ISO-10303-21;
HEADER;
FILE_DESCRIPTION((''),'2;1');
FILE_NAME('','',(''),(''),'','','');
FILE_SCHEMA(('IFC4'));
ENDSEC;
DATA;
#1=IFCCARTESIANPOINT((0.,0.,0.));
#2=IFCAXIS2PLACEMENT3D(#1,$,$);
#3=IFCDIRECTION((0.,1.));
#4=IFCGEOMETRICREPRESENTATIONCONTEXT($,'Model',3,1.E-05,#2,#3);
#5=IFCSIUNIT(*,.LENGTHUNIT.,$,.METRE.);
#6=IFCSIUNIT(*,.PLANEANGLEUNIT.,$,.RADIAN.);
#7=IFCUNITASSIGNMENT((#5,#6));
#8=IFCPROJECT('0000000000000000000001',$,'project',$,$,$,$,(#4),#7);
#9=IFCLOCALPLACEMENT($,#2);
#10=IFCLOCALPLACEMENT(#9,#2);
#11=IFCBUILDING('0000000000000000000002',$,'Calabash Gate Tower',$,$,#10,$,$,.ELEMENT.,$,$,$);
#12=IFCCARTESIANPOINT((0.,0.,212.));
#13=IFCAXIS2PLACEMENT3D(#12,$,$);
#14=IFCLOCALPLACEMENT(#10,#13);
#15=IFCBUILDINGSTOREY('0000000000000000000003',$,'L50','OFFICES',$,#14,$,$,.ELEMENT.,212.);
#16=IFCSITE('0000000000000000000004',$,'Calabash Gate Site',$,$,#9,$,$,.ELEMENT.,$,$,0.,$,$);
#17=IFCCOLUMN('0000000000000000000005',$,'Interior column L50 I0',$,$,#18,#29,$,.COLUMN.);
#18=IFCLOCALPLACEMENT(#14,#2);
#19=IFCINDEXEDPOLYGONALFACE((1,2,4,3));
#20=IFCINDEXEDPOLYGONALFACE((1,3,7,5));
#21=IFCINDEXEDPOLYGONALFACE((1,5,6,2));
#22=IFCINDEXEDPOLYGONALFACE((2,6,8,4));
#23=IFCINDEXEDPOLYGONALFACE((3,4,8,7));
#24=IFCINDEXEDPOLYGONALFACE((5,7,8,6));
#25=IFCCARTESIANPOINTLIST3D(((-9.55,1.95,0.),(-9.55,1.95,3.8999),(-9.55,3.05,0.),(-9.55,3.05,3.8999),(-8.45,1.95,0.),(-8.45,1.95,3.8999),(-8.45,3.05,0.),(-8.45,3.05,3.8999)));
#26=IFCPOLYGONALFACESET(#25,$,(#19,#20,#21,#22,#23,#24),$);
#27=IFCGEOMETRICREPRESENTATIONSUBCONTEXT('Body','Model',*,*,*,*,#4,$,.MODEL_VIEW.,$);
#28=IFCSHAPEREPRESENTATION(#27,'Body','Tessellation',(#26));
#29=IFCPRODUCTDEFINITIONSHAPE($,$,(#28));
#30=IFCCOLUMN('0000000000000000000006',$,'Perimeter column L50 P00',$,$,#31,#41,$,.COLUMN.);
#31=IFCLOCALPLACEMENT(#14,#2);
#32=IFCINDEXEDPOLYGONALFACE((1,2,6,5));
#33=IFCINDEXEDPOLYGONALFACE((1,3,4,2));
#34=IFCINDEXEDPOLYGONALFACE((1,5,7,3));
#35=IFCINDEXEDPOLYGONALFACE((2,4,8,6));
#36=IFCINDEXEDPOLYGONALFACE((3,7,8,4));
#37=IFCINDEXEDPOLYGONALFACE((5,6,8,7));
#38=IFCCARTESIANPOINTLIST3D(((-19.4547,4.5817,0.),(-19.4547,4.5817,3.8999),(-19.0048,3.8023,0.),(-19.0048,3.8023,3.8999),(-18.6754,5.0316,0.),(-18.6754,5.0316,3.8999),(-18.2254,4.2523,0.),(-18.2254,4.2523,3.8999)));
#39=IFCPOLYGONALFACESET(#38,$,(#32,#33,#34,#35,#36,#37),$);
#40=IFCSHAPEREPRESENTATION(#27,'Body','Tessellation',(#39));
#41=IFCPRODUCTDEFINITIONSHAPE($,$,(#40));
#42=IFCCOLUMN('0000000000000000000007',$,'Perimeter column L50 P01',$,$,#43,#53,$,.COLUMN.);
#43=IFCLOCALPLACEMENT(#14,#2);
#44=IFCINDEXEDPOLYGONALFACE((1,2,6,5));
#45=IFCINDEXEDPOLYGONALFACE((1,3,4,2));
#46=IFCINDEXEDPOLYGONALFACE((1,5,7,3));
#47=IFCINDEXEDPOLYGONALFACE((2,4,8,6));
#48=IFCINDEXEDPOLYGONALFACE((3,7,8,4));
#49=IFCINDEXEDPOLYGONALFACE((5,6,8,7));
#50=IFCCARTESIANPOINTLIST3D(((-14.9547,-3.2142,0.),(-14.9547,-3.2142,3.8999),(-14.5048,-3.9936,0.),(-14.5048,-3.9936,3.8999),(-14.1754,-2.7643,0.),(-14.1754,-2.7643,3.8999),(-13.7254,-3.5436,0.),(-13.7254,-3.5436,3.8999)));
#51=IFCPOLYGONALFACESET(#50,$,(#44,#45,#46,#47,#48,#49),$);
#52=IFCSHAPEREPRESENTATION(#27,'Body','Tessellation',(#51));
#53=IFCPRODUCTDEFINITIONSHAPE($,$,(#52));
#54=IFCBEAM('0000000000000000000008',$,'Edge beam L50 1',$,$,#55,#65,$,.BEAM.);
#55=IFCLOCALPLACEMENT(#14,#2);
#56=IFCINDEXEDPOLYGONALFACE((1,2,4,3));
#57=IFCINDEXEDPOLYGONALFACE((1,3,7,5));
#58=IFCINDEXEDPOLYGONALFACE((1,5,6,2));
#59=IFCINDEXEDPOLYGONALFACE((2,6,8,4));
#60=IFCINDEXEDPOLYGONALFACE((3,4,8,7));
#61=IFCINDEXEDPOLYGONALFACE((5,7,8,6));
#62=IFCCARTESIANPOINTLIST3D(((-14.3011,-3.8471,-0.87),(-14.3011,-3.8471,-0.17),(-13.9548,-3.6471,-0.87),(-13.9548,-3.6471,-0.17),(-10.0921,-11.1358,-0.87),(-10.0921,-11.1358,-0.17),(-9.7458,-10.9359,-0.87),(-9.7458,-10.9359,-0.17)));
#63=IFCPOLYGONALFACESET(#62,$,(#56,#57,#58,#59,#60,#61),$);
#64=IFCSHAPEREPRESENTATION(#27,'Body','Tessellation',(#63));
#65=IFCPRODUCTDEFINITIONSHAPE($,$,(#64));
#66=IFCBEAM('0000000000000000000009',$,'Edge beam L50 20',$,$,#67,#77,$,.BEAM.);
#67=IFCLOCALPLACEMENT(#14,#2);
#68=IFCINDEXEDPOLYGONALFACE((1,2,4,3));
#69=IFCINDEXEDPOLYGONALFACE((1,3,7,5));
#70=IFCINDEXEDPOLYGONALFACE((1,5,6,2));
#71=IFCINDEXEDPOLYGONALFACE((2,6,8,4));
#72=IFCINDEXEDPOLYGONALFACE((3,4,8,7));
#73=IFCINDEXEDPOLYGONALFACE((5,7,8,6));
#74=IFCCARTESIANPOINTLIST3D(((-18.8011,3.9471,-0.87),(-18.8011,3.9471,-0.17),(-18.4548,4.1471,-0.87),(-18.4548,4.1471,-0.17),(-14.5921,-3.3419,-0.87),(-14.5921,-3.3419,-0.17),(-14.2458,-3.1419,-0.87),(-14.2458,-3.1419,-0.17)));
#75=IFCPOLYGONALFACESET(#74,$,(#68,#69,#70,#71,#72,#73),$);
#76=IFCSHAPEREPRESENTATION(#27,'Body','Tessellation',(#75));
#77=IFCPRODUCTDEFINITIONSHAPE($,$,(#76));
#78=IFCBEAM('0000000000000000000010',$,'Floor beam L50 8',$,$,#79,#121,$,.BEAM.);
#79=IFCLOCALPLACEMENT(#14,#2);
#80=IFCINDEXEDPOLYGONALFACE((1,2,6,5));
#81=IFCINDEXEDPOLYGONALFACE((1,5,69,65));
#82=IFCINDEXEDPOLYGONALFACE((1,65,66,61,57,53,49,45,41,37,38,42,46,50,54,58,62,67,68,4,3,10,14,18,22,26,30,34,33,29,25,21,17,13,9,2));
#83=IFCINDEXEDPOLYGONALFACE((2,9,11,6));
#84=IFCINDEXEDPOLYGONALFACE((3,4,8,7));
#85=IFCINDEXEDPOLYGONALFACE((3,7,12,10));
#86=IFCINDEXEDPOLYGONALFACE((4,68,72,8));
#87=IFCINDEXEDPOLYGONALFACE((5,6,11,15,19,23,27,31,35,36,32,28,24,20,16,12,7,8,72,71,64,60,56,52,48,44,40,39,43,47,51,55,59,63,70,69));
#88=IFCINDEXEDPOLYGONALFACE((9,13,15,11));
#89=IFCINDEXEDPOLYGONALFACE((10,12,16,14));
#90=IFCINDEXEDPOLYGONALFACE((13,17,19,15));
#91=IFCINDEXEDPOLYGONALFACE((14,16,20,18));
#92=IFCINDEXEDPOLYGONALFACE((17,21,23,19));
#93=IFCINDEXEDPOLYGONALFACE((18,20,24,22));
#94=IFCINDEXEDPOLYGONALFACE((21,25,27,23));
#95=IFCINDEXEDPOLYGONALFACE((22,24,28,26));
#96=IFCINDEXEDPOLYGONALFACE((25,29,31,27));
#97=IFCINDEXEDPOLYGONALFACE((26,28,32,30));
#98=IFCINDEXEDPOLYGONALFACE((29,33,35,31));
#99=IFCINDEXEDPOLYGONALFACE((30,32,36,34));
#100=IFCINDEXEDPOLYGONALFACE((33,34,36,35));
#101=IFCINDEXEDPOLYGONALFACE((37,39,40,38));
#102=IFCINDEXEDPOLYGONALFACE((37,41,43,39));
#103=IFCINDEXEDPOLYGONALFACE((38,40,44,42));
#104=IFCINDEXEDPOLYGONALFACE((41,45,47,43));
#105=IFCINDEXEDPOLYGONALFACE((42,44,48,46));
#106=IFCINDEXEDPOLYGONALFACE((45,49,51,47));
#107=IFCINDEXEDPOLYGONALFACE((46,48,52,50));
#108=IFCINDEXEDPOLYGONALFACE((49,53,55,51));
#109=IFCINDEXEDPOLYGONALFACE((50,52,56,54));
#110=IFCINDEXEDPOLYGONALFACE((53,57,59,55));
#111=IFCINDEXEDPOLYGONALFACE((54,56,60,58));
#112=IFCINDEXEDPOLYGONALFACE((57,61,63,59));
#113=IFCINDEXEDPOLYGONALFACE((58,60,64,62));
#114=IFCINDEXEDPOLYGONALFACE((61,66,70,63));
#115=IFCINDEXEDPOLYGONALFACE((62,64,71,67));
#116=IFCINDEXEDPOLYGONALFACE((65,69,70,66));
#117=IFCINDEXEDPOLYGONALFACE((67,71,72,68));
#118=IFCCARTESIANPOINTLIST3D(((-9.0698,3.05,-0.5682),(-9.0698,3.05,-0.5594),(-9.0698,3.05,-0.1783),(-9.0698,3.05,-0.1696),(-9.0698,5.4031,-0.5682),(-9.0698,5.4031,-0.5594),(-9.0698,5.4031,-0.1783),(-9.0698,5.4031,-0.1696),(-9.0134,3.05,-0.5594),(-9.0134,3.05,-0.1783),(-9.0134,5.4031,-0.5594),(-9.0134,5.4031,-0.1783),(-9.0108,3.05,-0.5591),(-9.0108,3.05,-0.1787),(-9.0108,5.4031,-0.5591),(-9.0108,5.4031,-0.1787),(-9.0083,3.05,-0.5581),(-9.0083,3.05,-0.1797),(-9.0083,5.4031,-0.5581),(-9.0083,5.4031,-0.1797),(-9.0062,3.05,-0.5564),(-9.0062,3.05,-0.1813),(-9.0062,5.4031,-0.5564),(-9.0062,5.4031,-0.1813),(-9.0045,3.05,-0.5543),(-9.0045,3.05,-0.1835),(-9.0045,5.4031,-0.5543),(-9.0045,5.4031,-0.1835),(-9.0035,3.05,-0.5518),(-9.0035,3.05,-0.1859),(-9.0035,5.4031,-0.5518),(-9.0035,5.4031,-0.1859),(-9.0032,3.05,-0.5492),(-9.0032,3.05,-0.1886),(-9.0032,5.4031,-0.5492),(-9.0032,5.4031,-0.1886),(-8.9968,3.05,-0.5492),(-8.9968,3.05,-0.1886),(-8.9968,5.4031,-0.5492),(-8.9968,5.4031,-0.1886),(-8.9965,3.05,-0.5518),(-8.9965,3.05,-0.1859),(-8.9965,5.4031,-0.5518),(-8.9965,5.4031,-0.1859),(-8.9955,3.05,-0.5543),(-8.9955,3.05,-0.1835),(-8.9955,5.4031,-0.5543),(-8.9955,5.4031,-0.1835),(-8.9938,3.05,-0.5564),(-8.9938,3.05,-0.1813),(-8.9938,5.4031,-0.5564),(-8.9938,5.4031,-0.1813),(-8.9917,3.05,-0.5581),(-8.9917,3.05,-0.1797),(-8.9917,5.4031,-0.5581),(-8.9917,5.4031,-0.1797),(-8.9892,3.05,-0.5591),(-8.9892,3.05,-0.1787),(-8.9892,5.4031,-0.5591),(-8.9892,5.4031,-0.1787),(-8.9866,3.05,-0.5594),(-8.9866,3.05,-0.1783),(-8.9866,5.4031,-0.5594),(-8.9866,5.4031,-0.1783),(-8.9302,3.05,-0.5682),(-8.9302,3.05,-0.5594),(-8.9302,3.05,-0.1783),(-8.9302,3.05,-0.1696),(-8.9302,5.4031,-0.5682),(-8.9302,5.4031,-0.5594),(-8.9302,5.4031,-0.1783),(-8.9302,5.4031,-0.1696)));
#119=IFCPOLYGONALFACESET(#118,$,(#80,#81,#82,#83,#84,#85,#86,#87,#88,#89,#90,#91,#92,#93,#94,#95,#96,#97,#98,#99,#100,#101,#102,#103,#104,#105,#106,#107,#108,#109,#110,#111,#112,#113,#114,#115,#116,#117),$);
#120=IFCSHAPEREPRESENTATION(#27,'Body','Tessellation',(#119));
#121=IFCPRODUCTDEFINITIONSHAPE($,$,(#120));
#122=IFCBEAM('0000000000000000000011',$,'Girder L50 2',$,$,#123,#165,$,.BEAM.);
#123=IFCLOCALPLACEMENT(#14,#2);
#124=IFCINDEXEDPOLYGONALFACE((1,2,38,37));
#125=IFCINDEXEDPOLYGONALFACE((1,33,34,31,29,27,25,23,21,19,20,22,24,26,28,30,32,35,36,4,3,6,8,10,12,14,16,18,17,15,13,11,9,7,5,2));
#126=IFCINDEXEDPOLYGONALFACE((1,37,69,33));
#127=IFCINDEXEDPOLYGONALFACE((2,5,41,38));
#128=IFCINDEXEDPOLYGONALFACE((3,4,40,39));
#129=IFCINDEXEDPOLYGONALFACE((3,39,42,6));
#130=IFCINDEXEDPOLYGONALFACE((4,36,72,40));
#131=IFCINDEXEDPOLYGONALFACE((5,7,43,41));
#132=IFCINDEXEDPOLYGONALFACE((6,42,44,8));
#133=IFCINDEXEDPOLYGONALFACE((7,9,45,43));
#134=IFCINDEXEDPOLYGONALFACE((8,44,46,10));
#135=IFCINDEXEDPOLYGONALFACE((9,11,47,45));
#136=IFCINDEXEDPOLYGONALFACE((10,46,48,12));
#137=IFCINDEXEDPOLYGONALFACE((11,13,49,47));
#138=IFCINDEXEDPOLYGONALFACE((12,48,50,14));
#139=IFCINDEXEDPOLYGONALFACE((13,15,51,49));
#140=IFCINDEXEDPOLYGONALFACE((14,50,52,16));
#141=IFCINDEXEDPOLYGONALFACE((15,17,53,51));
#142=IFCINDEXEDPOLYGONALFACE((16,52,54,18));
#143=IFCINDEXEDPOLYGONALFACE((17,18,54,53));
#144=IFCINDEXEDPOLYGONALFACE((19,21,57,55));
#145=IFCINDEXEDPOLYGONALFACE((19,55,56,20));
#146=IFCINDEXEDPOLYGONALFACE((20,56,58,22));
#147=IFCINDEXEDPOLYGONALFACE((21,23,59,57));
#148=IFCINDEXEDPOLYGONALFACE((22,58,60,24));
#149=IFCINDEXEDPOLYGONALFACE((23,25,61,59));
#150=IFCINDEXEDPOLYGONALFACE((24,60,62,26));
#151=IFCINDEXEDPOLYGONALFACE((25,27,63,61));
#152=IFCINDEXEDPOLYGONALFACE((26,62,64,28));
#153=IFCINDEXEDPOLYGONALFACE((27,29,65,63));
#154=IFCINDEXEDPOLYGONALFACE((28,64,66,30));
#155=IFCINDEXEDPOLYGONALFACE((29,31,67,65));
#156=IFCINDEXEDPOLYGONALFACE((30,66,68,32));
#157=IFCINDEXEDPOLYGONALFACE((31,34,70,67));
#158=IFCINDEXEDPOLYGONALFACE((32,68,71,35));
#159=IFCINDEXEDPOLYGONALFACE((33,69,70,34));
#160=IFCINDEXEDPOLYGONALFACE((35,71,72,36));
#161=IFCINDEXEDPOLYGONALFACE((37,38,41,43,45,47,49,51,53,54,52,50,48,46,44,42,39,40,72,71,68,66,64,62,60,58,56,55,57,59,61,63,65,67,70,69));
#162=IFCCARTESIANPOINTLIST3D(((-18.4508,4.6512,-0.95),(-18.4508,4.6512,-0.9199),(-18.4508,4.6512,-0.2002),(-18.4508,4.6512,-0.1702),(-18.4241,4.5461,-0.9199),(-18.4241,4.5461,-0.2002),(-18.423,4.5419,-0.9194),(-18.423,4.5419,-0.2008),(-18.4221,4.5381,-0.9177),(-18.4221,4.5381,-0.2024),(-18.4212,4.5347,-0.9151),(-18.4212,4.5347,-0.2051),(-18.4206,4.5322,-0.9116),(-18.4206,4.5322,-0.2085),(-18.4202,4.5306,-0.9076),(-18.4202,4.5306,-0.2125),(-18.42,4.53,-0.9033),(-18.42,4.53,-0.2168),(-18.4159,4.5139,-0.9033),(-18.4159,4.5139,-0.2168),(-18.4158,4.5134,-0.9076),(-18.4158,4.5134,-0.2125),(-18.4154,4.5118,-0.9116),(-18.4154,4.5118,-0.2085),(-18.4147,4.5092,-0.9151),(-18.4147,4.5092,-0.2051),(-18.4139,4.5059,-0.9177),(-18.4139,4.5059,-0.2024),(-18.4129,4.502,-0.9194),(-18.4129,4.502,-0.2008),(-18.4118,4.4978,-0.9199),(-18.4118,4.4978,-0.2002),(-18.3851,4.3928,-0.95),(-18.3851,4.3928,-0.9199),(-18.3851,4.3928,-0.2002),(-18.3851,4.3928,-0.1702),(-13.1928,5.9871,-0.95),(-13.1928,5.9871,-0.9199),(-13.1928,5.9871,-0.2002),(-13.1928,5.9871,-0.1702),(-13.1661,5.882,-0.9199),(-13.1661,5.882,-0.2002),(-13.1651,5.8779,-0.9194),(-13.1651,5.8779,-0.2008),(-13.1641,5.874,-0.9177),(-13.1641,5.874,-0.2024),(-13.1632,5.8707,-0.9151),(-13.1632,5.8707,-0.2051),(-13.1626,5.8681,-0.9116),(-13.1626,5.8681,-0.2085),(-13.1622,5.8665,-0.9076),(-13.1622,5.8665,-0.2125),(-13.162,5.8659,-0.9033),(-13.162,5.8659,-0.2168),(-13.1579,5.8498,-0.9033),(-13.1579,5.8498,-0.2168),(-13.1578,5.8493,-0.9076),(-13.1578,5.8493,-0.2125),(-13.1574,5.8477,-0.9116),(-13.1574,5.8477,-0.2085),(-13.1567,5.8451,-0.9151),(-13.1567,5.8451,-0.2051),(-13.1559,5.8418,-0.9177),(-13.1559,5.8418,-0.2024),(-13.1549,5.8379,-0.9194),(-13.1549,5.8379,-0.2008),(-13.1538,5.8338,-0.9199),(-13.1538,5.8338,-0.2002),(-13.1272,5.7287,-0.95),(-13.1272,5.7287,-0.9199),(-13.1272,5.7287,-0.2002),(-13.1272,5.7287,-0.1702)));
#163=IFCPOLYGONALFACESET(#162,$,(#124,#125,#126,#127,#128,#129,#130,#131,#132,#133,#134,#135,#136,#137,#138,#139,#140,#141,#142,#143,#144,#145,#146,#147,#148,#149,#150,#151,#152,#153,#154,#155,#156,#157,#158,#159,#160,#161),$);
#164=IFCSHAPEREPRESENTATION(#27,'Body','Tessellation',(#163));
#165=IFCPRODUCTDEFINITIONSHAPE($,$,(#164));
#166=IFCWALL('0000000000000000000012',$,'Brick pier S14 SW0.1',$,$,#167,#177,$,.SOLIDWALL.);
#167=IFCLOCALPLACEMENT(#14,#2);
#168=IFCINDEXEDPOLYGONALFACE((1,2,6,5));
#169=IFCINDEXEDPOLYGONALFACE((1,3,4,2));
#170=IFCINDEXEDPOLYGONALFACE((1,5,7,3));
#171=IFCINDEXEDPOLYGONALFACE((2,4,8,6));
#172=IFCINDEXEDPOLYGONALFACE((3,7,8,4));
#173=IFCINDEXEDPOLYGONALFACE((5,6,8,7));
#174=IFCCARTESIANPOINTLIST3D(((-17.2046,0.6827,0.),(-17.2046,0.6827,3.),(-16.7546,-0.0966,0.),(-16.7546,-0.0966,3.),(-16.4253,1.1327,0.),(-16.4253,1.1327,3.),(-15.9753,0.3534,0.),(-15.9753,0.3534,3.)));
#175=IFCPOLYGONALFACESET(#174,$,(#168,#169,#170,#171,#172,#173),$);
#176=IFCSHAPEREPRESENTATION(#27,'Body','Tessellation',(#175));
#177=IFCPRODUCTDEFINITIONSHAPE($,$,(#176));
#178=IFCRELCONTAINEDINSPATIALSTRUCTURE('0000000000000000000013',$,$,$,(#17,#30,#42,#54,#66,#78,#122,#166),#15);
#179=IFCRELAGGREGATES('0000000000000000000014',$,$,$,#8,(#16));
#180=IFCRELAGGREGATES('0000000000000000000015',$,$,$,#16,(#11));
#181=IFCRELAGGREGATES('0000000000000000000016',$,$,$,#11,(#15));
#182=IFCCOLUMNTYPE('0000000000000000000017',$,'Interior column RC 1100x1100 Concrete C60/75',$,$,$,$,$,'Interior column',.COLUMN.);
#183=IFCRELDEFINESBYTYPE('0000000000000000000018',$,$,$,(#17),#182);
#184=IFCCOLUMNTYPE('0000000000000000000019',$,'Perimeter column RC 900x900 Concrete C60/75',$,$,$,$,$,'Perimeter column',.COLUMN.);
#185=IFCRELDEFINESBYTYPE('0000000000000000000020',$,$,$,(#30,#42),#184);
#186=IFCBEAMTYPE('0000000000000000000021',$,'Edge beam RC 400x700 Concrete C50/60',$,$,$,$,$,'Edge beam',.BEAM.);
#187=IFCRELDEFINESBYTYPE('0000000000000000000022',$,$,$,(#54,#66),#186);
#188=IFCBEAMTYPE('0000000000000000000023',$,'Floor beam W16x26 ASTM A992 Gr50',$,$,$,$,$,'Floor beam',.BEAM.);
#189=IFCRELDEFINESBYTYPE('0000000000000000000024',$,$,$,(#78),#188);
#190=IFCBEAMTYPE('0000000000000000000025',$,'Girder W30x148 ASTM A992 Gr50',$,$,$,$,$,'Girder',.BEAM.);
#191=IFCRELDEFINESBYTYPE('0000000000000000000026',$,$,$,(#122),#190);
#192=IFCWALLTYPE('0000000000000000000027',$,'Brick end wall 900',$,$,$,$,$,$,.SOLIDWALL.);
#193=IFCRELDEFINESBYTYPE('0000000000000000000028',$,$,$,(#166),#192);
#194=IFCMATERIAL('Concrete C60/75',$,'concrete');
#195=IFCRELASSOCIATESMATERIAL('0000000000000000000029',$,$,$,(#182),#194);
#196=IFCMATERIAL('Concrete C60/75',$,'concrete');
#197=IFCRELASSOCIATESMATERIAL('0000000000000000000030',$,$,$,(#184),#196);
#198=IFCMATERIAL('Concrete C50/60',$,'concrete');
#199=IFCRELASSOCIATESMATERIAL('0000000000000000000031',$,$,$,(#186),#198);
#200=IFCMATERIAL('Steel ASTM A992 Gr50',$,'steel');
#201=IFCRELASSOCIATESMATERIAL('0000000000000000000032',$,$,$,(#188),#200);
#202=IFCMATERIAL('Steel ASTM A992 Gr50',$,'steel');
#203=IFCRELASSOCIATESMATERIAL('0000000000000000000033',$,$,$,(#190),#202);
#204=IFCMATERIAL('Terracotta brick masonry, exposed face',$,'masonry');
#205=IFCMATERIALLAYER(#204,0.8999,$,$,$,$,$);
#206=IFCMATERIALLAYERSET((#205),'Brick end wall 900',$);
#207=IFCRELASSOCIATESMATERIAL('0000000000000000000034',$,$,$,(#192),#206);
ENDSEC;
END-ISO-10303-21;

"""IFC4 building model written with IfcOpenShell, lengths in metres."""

from ifc_helpers import new_model, si_unit, direction, frame, frame_2d, origin, origin_2d, place, context, subcontext, project, spatial, rectangle, i_section, extrude, material, layer, layer_set, material_profile, profile_set, type_object, element, save


model = new_model("IFC4")

# Units and contexts
model_context = context("Model", 3, precision=1e-05, world=origin(), true_north=direction((0.0, 1.0)))
body_context = subcontext(model_context, "Body", "Model", "MODEL_VIEW")
ifc_project = project(units=[si_unit("LENGTHUNIT", "METRE"), si_unit("PLANEANGLEUNIT", "RADIAN")], contexts=[model_context])

# Site, building, storey
site_placement = place(None, origin())
site = spatial("IfcSite", under=ifc_project, at=site_placement, Name="Calabash Gate Site", CompositionType="ELEMENT", RefElevation=0.0)
building_placement = place(site_placement, origin())
building = spatial("IfcBuilding", under=site, at=building_placement, Name="Calabash Gate Tower", CompositionType="ELEMENT")
storey_placement = place(building_placement, frame((0.0, 0.0, 212.0)))
storey = spatial("IfcBuildingStorey", under=building, at=storey_placement, Name="L50", Description="OFFICES", CompositionType="ELEMENT", Elevation=212.0)

# Columns
ifc_material_1 = material(Name="Concrete C60/75", Category="concrete")
ifc_material_profile_1 = material_profile(ifc_material_1, rectangle(XDim=1.1001, YDim=1.1001, at=origin_2d()))
ifc_profile_set_1 = profile_set([ifc_material_profile_1], Name="Concrete C60/75")
column_type_1 = type_object("IfcColumnType", Name="Interior column RC 1100x1100 Concrete C60/75", ElementType="Interior column", PredefinedType="COLUMN", material=ifc_profile_set_1)
column_placement = place(storey_placement, frame((-9.0, 2.5, 0.0), z_axis=(0.0, 0.0, 1.0), x_axis=(1.0, 0.0, 0.0)))
element("IfcColumn", 1, at=column_placement, inside=storey, type_object=column_type_1, Name="Interior column L50 I0", PredefinedType="COLUMN", context=body_context, shape_type="SweptSolid", body=[
    extrude(rectangle(XDim=1.1001, YDim=1.1001, at=origin_2d()), origin(), (0.0, 0.0, 1.0), 3.8999),
])
ifc_material_2 = material(Name="Concrete C60/75", Category="concrete")
ifc_material_profile_2 = material_profile(ifc_material_2, rectangle(XDim=0.8999, YDim=0.8999, at=origin_2d()))
ifc_profile_set_2 = profile_set([ifc_material_profile_2], Name="Concrete C60/75")
column_type_2 = type_object("IfcColumnType", Name="Perimeter column RC 900x900 Concrete C60/75", ElementType="Perimeter column", PredefinedType="COLUMN", material=ifc_profile_set_2)
for number, where, z_axis, x_axis, name in (
    (2, (-18.8401, 4.417, 0.0), (0.0, 0.0, 1.0), (0.5, -0.866025, 0.0), "Perimeter column L50 P00"),
    (3, (-14.3401, -3.3789, 0.0), (0.0, 0.0, 1.0), (0.5, -0.866025, 0.0), "Perimeter column L50 P01"),
):
    element("IfcColumn", number, at=place(storey_placement, frame(where, z_axis=z_axis, x_axis=x_axis)), inside=storey, type_object=column_type_2, Name=name, PredefinedType="COLUMN", context=body_context, shape_type="SweptSolid", body=[
        extrude(rectangle(XDim=0.8999, YDim=0.8999, at=origin_2d()), origin(), (0.0, 0.0, 1.0), 3.8999),
    ])

# Beams
ifc_material_3 = material(Name="Concrete C50/60", Category="concrete")
ifc_material_profile_3 = material_profile(ifc_material_3, rectangle(XDim=0.3999, YDim=0.7, at=origin_2d()))
ifc_profile_set_3 = profile_set([ifc_material_profile_3], Name="Concrete C50/60")
beam_type_1 = type_object("IfcBeamType", Name="Edge beam RC 400x700 Concrete C50/60", ElementType="Edge beam", PredefinedType="BEAM", material=ifc_profile_set_3)
beam_1_placement = place(storey_placement, frame((-14.1279, -3.7471, -0.52), z_axis=(0.50007, -0.865985, 0.0), x_axis=(0.865985, 0.50007, 0.0)))
element("IfcBeam", 4, at=beam_1_placement, inside=storey, type_object=beam_type_1, Name="Edge beam L50 1", PredefinedType="BEAM", context=body_context, shape_type="SweptSolid", body=[
    extrude(rectangle(XDim=0.3999, YDim=0.7, at=origin_2d()), origin(), (0.0, 0.0, 1.0), 8.4167),
])
beam_2_placement = place(storey_placement, frame((-18.6279, 4.0471, -0.52), z_axis=(0.500057, -0.865992, 0.0), x_axis=(0.865992, 0.500057, 0.0)))
element("IfcBeam", 5, at=beam_2_placement, inside=storey, type_object=beam_type_1, Name="Edge beam L50 20", PredefinedType="BEAM", context=body_context, shape_type="SweptSolid", body=[
    extrude(rectangle(XDim=0.3999, YDim=0.7, at=origin_2d()), origin(), (0.0, 0.0, 1.0), 8.417),
])
ifc_material_4 = material(Name="Steel ASTM A992 Gr50", Category="steel")
ifc_material_profile_4 = material_profile(ifc_material_4, i_section(OverallWidth=0.1396, OverallDepth=0.3987, WebThickness=0.0063, FlangeThickness=0.0088, FilletRadius=0.0103, at=origin_2d()))
ifc_profile_set_4 = profile_set([ifc_material_profile_4], Name="Steel ASTM A992 Gr50")
beam_type_2 = type_object("IfcBeamType", Name="Floor beam W16x26 ASTM A992 Gr50", ElementType="Floor beam", PredefinedType="BEAM", material=ifc_profile_set_4)
beam_3_placement = place(storey_placement, frame((-9.0, 3.05, -0.3689), z_axis=(0.0, 1.0, 0.0), x_axis=(-1.0, 0.0, 0.0)))
element("IfcBeam", 6, at=beam_3_placement, inside=storey, type_object=beam_type_2, Name="Floor beam L50 8", PredefinedType="BEAM", context=body_context, shape_type="SweptSolid", body=[
    extrude(i_section(OverallWidth=0.1396, OverallDepth=0.3987, WebThickness=0.0063, FlangeThickness=0.0088, FilletRadius=0.0103, at=origin_2d()), origin(), (0.0, 0.0, 1.0), 2.353),
])
ifc_material_5 = material(Name="Steel ASTM A992 Gr50", Category="steel")
ifc_material_profile_5 = material_profile(ifc_material_5, i_section(OverallWidth=0.2666, OverallDepth=0.7798, WebThickness=0.0166, FlangeThickness=0.03, FilletRadius=0.0166, at=origin_2d()))
ifc_profile_set_5 = profile_set([ifc_material_profile_5], Name="Steel ASTM A992 Gr50")
beam_type_3 = type_object("IfcBeamType", Name="Girder W30x148 ASTM A992 Gr50", ElementType="Girder", PredefinedType="BEAM", material=ifc_profile_set_5)
beam_4_placement = place(storey_placement, frame((-18.418, 4.522, -0.5601), z_axis=(0.969206, 0.24625, 0.0), x_axis=(-0.24625, 0.969206, 0.0)))
element("IfcBeam", 7, at=beam_4_placement, inside=storey, type_object=beam_type_3, Name="Girder L50 2", PredefinedType="BEAM", context=body_context, shape_type="SweptSolid", body=[
    extrude(i_section(OverallWidth=0.2666, OverallDepth=0.7798, WebThickness=0.0166, FlangeThickness=0.03, FilletRadius=0.0166, at=origin_2d()), origin(), (0.0, 0.0, 1.0), 5.425),
])

# Wall
ifc_material_6 = material(Name="Terracotta brick masonry, exposed face", Category="masonry")
ifc_layer_1 = layer(ifc_material_6, 0.8999)
ifc_layer_set_1 = layer_set([ifc_layer_1], Name="Brick end wall 900")
wall_type_1 = type_object("IfcWallType", Name="Brick end wall 900", PredefinedType="SOLIDWALL", material=ifc_layer_set_1)
wall_1_placement = place(storey_placement, frame((-16.8149, 0.9077, 0.0), z_axis=(0.0, 0.0, 1.0), x_axis=(0.50002, -0.866014, 0.0)))
element("IfcWall", 8, at=wall_1_placement, inside=storey, type_object=wall_type_1, Name="Brick pier S14 SW0.1", PredefinedType="SOLIDWALL", context=body_context, shape_type="SweptSolid", body=[
    extrude(rectangle(XDim=0.8999, YDim=0.8999, at=frame_2d((0.45, 0.0))), origin(), (0.0, 0.0, 1.0), 3.0),
])

save(model, "model.ifc")
